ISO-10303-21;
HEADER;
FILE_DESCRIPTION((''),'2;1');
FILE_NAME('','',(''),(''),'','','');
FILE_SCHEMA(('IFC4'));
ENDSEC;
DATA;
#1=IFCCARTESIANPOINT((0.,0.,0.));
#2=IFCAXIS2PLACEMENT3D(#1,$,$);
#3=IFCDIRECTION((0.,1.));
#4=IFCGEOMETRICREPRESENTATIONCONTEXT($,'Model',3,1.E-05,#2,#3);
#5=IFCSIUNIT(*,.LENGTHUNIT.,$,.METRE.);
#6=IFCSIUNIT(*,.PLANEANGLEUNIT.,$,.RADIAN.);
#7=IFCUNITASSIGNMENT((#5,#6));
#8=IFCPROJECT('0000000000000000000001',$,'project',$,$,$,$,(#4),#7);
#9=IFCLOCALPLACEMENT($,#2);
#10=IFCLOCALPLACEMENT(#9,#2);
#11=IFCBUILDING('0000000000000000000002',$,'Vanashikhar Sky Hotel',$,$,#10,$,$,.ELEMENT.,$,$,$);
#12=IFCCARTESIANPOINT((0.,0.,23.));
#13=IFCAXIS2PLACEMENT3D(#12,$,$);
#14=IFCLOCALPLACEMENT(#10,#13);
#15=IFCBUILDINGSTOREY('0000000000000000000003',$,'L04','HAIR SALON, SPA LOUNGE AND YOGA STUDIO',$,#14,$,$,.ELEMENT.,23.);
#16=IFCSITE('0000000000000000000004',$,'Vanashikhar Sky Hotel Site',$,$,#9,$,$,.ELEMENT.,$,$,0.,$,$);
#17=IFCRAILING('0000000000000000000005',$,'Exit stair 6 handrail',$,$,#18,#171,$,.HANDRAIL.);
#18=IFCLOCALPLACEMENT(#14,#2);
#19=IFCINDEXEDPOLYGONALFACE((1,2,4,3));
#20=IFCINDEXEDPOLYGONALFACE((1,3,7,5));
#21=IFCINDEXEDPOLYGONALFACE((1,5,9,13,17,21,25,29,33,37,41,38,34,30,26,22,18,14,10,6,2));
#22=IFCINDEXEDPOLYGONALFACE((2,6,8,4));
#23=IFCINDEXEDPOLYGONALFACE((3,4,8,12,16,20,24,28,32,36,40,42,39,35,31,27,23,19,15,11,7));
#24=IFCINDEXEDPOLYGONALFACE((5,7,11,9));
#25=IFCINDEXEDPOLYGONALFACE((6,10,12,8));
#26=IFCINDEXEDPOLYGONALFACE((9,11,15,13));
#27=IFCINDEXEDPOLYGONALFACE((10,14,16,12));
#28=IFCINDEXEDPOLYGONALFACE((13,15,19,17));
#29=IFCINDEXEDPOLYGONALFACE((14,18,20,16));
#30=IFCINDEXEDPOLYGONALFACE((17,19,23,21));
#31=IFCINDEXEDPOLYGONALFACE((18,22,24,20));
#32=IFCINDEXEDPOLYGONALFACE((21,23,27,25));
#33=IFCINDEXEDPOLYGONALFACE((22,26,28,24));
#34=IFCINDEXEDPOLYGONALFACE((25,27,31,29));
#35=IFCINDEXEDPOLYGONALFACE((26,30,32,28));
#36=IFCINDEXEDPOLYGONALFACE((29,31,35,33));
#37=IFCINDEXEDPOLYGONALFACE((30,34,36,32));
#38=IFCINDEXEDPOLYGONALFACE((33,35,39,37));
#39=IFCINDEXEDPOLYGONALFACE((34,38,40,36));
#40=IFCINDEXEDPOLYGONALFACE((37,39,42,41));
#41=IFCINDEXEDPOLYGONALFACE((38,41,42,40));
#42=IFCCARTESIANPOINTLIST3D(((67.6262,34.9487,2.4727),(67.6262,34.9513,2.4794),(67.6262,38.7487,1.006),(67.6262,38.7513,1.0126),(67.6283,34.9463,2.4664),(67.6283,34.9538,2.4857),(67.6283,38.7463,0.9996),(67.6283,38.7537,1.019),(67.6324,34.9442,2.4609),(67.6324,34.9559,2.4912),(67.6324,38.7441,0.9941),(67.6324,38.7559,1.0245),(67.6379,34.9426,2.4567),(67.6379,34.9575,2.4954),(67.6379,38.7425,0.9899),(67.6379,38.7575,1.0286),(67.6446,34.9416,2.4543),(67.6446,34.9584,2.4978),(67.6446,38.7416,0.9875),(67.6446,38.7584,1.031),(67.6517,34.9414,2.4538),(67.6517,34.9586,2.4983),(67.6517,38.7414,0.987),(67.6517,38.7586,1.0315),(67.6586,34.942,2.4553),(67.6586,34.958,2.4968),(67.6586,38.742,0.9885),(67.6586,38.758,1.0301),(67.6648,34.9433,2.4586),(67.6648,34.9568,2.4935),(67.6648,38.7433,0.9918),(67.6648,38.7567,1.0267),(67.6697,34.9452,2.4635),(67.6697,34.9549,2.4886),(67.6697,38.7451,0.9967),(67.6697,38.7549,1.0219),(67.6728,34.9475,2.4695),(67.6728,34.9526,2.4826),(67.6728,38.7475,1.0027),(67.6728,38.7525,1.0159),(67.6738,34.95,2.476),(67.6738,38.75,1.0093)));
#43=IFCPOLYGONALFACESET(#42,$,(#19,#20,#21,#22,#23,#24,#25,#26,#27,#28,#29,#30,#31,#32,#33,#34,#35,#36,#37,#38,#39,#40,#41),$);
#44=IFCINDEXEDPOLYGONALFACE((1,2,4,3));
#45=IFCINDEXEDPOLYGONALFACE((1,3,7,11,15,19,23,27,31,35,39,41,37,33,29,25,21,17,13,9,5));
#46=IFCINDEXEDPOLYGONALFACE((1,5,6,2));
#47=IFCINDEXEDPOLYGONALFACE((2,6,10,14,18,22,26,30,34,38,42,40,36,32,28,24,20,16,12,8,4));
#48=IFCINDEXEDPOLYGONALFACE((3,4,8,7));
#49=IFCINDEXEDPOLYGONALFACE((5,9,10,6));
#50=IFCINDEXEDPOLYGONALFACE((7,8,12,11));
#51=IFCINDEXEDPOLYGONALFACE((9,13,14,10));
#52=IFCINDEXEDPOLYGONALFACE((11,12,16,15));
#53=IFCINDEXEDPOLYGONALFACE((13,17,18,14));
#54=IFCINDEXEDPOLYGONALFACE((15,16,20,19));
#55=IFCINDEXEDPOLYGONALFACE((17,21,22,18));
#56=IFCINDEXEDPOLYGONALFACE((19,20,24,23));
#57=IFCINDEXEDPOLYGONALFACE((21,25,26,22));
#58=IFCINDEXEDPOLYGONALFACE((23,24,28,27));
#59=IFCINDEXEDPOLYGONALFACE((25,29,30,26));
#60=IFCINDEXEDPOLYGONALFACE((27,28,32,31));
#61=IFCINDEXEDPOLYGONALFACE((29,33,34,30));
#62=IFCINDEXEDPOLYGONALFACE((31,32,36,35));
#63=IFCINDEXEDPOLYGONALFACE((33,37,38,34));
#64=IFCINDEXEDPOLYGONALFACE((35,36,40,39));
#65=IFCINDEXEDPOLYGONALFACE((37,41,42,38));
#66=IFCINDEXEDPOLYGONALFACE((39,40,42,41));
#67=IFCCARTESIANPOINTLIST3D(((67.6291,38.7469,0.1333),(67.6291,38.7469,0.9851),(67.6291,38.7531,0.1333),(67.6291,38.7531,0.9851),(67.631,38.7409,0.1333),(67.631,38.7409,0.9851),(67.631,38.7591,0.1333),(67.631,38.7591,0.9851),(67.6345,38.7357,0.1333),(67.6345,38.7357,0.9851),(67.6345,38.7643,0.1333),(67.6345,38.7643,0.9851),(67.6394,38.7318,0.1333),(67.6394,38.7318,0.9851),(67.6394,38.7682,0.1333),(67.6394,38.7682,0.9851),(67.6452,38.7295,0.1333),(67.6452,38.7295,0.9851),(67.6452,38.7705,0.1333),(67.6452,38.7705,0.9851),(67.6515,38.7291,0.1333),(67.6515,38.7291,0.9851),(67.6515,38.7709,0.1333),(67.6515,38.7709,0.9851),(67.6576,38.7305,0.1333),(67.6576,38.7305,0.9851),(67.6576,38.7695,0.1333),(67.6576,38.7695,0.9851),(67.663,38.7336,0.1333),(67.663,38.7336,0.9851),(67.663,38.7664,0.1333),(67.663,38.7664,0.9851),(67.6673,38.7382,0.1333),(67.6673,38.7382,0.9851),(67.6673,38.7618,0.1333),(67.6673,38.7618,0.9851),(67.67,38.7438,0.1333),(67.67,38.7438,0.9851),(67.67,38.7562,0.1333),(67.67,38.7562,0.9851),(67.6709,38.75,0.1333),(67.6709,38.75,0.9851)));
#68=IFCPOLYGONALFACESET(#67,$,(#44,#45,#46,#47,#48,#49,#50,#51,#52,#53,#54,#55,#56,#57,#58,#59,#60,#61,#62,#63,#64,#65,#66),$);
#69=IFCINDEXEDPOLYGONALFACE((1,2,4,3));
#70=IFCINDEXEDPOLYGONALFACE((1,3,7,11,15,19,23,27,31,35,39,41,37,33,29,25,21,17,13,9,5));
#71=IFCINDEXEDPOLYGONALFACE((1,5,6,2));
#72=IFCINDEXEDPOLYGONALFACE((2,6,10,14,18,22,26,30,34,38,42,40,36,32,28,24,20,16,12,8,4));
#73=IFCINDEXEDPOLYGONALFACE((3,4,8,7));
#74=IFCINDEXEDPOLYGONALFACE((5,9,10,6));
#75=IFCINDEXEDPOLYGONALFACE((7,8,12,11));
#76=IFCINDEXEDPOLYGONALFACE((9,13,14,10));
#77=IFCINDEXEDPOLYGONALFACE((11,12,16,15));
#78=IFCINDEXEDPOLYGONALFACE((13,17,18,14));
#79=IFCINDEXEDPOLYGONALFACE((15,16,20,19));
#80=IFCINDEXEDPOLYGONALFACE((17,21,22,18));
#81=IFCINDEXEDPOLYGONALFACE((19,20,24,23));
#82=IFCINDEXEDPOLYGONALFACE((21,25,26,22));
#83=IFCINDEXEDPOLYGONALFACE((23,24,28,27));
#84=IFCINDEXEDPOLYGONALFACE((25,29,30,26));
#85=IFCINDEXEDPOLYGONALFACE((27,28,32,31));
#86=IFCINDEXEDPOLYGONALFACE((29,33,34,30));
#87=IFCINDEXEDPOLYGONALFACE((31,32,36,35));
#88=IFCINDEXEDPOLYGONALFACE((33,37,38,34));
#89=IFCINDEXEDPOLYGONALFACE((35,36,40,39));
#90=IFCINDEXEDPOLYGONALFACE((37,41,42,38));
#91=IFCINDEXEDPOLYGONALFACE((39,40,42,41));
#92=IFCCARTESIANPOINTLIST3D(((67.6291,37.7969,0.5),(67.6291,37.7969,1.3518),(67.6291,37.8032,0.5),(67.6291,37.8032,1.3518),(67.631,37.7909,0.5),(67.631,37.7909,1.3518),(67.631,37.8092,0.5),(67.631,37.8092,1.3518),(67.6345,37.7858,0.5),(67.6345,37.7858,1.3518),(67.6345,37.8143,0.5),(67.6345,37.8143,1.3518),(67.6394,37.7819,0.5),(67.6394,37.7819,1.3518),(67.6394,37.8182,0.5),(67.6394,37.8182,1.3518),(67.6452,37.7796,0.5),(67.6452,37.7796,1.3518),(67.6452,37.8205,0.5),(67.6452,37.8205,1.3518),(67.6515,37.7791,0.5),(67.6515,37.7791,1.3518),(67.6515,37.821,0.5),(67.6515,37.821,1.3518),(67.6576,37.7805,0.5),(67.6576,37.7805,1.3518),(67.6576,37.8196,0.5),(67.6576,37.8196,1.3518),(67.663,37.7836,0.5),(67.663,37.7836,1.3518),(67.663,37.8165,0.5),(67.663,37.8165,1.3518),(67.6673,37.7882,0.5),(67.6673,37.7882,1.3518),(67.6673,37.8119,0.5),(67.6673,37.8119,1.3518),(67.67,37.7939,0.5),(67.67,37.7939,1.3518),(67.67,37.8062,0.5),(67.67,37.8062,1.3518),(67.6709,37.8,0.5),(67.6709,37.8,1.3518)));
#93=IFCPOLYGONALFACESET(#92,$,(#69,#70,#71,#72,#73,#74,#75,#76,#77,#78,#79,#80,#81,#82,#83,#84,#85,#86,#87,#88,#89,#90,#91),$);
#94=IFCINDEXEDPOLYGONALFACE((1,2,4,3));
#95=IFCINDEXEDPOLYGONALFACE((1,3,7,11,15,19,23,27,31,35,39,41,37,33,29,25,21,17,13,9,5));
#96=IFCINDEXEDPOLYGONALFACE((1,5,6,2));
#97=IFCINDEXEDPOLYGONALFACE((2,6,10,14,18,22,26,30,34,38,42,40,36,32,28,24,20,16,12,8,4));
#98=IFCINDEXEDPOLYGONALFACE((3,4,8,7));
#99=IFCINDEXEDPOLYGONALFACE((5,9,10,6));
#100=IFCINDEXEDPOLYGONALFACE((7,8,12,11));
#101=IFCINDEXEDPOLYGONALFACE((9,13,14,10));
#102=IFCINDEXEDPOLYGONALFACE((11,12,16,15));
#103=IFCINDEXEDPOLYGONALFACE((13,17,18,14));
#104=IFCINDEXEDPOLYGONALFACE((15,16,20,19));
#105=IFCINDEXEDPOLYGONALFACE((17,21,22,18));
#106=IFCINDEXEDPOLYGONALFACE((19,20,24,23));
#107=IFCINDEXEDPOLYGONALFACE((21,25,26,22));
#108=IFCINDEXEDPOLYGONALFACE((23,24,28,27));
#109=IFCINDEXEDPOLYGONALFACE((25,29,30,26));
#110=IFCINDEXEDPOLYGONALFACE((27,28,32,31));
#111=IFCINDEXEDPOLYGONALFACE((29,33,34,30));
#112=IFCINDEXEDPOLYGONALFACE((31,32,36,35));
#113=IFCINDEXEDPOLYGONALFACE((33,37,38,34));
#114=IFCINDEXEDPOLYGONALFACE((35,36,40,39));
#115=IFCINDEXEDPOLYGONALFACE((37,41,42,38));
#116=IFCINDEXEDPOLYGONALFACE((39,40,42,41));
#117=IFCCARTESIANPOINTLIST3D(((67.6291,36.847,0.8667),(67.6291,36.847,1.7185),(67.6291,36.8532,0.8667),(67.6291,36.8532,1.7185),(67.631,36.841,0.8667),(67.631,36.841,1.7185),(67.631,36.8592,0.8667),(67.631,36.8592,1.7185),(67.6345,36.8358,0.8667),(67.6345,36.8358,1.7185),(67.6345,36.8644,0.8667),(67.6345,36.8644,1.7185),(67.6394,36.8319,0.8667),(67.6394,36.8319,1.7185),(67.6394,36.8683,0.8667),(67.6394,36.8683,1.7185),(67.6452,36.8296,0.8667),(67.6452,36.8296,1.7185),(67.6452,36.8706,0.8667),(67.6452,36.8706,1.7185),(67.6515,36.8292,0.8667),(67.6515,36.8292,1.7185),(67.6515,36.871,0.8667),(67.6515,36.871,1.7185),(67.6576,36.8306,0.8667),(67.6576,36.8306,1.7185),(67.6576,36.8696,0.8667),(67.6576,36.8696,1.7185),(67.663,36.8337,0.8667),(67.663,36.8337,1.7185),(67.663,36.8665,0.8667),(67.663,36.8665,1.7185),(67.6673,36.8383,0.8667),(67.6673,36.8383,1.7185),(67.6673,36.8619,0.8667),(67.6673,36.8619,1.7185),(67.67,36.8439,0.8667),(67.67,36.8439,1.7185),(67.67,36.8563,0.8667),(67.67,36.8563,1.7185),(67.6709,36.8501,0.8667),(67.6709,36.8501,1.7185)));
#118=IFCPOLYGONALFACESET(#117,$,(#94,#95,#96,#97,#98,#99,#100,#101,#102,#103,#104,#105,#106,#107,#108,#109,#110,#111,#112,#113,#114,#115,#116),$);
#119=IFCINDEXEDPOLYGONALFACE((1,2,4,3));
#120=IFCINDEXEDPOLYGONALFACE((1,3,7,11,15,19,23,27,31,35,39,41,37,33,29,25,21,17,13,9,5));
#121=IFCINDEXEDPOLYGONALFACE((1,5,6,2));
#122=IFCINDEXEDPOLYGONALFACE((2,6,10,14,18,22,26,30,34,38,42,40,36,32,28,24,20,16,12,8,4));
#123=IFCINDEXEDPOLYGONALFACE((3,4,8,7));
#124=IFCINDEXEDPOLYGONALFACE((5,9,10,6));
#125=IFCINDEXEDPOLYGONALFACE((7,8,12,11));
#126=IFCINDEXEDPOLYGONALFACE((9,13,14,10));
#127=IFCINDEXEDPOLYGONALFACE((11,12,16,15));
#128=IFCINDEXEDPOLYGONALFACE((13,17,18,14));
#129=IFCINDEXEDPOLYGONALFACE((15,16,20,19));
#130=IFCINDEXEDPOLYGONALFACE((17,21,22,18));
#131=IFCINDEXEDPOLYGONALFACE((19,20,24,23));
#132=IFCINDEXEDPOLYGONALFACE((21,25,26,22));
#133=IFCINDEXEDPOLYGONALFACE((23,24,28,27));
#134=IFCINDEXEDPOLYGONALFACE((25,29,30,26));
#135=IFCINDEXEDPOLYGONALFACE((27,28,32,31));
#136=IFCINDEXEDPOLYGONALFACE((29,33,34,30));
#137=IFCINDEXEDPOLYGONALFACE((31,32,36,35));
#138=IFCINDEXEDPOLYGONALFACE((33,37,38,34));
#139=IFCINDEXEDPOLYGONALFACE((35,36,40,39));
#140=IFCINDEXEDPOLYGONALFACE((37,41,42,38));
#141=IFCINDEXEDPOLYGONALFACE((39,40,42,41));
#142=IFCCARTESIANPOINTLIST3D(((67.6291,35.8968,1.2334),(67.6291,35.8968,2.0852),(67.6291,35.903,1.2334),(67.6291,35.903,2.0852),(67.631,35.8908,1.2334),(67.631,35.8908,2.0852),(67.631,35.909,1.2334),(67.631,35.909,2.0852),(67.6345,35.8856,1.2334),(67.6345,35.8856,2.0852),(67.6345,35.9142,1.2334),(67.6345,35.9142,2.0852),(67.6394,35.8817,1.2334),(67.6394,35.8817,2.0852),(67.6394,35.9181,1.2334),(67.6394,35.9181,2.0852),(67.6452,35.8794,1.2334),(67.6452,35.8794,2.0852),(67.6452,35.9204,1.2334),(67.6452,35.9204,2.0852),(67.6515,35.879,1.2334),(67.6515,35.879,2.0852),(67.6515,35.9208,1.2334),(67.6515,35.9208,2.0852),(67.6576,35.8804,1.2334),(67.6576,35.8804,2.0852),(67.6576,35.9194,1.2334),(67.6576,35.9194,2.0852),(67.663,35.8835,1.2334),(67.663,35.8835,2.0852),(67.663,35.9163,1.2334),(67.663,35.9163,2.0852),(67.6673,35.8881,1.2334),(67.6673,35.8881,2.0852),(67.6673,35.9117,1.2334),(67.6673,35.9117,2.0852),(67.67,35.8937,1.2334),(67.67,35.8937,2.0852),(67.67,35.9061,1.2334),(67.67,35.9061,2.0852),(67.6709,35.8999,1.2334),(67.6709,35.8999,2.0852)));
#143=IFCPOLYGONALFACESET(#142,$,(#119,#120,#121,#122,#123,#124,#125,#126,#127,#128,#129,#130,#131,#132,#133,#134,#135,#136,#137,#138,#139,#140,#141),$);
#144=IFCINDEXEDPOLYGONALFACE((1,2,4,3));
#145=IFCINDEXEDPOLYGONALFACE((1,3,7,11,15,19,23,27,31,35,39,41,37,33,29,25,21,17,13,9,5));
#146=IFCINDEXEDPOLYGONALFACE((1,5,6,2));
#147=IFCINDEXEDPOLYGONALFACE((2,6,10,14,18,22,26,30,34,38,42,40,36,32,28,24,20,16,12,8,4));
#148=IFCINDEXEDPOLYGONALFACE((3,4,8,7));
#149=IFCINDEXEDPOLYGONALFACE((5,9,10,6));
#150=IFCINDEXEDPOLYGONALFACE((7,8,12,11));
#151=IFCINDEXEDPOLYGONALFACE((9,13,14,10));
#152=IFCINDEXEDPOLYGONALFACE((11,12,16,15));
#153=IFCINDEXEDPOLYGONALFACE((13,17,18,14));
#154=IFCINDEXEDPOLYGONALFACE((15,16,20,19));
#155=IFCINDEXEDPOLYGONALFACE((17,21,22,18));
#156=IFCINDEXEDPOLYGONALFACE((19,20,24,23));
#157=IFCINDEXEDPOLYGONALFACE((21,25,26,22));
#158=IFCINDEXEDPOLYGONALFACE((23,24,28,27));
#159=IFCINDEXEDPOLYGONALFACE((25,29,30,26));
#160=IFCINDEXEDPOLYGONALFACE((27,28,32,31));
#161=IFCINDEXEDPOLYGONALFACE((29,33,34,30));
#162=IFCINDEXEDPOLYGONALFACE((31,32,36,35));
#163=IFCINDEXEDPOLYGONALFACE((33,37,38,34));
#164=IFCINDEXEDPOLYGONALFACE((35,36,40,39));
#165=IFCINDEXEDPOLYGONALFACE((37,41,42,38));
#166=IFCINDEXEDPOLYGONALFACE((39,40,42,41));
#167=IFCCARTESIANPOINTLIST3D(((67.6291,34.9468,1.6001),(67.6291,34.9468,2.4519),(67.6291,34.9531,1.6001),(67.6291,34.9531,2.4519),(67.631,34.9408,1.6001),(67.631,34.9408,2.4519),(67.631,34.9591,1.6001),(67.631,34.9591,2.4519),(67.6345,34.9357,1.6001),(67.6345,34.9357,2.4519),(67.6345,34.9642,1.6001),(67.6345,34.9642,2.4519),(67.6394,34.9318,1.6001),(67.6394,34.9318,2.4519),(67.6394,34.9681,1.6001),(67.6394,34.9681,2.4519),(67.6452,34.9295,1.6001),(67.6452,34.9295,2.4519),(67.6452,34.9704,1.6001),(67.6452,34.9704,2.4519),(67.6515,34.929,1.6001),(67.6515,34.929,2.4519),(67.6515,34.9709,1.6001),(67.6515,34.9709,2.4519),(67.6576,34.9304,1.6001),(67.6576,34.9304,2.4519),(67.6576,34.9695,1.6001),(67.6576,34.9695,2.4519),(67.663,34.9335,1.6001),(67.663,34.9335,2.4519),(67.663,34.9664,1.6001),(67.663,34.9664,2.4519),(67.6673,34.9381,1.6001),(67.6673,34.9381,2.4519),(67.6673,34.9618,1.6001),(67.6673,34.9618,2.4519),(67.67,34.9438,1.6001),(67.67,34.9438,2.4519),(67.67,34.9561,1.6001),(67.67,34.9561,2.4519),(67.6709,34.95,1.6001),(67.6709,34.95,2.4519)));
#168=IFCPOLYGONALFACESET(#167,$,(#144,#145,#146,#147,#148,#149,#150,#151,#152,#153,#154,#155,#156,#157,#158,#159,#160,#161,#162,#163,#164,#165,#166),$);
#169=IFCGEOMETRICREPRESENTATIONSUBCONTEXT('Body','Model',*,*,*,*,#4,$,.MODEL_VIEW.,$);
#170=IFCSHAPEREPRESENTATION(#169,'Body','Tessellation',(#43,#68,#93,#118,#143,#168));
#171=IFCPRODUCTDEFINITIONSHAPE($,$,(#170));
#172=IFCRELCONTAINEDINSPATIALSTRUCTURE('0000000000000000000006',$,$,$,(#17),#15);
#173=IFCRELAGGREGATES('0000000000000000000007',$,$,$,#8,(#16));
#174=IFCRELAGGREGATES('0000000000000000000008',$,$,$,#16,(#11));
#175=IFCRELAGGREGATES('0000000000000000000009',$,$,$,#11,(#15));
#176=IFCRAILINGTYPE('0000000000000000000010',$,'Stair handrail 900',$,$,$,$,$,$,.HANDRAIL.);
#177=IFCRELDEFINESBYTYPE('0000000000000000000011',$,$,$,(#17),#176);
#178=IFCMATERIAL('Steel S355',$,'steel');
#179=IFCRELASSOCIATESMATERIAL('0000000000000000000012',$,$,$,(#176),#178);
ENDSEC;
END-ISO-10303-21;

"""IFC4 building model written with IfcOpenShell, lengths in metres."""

from ifc_helpers import new_model, si_unit, direction, frame, origin, origin_2d, place, context, subcontext, project, spatial, circle, extrude, source, transform, mapped, material, type_object, element, save


model = new_model("IFC4")

# Units and contexts
model_context = context("Model", 3, precision=1e-05, world=origin(), true_north=direction((0.0, 1.0)))
body_context = subcontext(model_context, "Body", "Model", "MODEL_VIEW")
ifc_project = project(units=[si_unit("LENGTHUNIT", "METRE"), si_unit("PLANEANGLEUNIT", "RADIAN")], contexts=[model_context])

# Site, building, storey
site_placement = place(None, origin())
site = spatial("IfcSite", under=ifc_project, at=site_placement, Name="Vanashikhar Sky Hotel Site", CompositionType="ELEMENT", RefElevation=0.0)
building_placement = place(site_placement, origin())
building = spatial("IfcBuilding", under=site, at=building_placement, Name="Vanashikhar Sky Hotel", CompositionType="ELEMENT")
storey_placement = place(building_placement, frame((0.0, 0.0, 23.0)))
storey = spatial("IfcBuildingStorey", under=building, at=storey_placement, Name="L04", Description="HAIR SALON, SPA LOUNGE AND YOGA STUDIO", CompositionType="ELEMENT", Elevation=23.0)

# Railing
ifc_material_1 = material(Name="Steel S355", Category="steel")
railing_type_1 = type_object("IfcRailingType", Name="Stair handrail 900", PredefinedType="HANDRAIL", material=ifc_material_1)
shared_shape_1 = source(origin(), body_context, "Body", "SweptSolid", [
    extrude(circle(Radius=0.0239, at=origin_2d()), frame((0.0, 0.0, 0.876), z_axis=(0.0, -0.932914, 0.360099), x_axis=(1.0, 0.0, 0.0)), (0.0, 0.0, 1.0), 4.0732),
    extrude(circle(Radius=0.021, at=origin_2d()), origin(), (0.0, 0.0, 1.0), 0.8518),
    extrude(circle(Radius=0.021, at=origin_2d()), frame((0.0, -0.95, 0.3667)), (0.0, 0.0, 1.0), 0.8518),
    extrude(circle(Radius=0.021, at=origin_2d()), frame((0.0, -1.8999, 0.7334)), (0.0, 0.0, 1.0), 0.8518),
    extrude(circle(Radius=0.021, at=origin_2d()), frame((0.0, -2.8501, 1.1001)), (0.0, 0.0, 1.0), 0.8518),
    extrude(circle(Radius=0.021, at=origin_2d()), frame((0.0, -3.8, 1.4668)), (0.0, 0.0, 1.0), 0.8518),
])
for number, where, name in (
    (1, (67.6499, 38.75, 0.1333), "Exit stair 6 handrail"),
):
    element("IfcRailing", number, at=place(storey_placement, frame(where)), inside=storey, type_object=railing_type_1, Name=name, PredefinedType="HANDRAIL", context=body_context, shape_type="MappedRepresentation", body=[
        mapped(shared_shape_1, transform((0.0, 0.0, 0.0), scale=1.0)),
    ])

save(model, "model.ifc")
